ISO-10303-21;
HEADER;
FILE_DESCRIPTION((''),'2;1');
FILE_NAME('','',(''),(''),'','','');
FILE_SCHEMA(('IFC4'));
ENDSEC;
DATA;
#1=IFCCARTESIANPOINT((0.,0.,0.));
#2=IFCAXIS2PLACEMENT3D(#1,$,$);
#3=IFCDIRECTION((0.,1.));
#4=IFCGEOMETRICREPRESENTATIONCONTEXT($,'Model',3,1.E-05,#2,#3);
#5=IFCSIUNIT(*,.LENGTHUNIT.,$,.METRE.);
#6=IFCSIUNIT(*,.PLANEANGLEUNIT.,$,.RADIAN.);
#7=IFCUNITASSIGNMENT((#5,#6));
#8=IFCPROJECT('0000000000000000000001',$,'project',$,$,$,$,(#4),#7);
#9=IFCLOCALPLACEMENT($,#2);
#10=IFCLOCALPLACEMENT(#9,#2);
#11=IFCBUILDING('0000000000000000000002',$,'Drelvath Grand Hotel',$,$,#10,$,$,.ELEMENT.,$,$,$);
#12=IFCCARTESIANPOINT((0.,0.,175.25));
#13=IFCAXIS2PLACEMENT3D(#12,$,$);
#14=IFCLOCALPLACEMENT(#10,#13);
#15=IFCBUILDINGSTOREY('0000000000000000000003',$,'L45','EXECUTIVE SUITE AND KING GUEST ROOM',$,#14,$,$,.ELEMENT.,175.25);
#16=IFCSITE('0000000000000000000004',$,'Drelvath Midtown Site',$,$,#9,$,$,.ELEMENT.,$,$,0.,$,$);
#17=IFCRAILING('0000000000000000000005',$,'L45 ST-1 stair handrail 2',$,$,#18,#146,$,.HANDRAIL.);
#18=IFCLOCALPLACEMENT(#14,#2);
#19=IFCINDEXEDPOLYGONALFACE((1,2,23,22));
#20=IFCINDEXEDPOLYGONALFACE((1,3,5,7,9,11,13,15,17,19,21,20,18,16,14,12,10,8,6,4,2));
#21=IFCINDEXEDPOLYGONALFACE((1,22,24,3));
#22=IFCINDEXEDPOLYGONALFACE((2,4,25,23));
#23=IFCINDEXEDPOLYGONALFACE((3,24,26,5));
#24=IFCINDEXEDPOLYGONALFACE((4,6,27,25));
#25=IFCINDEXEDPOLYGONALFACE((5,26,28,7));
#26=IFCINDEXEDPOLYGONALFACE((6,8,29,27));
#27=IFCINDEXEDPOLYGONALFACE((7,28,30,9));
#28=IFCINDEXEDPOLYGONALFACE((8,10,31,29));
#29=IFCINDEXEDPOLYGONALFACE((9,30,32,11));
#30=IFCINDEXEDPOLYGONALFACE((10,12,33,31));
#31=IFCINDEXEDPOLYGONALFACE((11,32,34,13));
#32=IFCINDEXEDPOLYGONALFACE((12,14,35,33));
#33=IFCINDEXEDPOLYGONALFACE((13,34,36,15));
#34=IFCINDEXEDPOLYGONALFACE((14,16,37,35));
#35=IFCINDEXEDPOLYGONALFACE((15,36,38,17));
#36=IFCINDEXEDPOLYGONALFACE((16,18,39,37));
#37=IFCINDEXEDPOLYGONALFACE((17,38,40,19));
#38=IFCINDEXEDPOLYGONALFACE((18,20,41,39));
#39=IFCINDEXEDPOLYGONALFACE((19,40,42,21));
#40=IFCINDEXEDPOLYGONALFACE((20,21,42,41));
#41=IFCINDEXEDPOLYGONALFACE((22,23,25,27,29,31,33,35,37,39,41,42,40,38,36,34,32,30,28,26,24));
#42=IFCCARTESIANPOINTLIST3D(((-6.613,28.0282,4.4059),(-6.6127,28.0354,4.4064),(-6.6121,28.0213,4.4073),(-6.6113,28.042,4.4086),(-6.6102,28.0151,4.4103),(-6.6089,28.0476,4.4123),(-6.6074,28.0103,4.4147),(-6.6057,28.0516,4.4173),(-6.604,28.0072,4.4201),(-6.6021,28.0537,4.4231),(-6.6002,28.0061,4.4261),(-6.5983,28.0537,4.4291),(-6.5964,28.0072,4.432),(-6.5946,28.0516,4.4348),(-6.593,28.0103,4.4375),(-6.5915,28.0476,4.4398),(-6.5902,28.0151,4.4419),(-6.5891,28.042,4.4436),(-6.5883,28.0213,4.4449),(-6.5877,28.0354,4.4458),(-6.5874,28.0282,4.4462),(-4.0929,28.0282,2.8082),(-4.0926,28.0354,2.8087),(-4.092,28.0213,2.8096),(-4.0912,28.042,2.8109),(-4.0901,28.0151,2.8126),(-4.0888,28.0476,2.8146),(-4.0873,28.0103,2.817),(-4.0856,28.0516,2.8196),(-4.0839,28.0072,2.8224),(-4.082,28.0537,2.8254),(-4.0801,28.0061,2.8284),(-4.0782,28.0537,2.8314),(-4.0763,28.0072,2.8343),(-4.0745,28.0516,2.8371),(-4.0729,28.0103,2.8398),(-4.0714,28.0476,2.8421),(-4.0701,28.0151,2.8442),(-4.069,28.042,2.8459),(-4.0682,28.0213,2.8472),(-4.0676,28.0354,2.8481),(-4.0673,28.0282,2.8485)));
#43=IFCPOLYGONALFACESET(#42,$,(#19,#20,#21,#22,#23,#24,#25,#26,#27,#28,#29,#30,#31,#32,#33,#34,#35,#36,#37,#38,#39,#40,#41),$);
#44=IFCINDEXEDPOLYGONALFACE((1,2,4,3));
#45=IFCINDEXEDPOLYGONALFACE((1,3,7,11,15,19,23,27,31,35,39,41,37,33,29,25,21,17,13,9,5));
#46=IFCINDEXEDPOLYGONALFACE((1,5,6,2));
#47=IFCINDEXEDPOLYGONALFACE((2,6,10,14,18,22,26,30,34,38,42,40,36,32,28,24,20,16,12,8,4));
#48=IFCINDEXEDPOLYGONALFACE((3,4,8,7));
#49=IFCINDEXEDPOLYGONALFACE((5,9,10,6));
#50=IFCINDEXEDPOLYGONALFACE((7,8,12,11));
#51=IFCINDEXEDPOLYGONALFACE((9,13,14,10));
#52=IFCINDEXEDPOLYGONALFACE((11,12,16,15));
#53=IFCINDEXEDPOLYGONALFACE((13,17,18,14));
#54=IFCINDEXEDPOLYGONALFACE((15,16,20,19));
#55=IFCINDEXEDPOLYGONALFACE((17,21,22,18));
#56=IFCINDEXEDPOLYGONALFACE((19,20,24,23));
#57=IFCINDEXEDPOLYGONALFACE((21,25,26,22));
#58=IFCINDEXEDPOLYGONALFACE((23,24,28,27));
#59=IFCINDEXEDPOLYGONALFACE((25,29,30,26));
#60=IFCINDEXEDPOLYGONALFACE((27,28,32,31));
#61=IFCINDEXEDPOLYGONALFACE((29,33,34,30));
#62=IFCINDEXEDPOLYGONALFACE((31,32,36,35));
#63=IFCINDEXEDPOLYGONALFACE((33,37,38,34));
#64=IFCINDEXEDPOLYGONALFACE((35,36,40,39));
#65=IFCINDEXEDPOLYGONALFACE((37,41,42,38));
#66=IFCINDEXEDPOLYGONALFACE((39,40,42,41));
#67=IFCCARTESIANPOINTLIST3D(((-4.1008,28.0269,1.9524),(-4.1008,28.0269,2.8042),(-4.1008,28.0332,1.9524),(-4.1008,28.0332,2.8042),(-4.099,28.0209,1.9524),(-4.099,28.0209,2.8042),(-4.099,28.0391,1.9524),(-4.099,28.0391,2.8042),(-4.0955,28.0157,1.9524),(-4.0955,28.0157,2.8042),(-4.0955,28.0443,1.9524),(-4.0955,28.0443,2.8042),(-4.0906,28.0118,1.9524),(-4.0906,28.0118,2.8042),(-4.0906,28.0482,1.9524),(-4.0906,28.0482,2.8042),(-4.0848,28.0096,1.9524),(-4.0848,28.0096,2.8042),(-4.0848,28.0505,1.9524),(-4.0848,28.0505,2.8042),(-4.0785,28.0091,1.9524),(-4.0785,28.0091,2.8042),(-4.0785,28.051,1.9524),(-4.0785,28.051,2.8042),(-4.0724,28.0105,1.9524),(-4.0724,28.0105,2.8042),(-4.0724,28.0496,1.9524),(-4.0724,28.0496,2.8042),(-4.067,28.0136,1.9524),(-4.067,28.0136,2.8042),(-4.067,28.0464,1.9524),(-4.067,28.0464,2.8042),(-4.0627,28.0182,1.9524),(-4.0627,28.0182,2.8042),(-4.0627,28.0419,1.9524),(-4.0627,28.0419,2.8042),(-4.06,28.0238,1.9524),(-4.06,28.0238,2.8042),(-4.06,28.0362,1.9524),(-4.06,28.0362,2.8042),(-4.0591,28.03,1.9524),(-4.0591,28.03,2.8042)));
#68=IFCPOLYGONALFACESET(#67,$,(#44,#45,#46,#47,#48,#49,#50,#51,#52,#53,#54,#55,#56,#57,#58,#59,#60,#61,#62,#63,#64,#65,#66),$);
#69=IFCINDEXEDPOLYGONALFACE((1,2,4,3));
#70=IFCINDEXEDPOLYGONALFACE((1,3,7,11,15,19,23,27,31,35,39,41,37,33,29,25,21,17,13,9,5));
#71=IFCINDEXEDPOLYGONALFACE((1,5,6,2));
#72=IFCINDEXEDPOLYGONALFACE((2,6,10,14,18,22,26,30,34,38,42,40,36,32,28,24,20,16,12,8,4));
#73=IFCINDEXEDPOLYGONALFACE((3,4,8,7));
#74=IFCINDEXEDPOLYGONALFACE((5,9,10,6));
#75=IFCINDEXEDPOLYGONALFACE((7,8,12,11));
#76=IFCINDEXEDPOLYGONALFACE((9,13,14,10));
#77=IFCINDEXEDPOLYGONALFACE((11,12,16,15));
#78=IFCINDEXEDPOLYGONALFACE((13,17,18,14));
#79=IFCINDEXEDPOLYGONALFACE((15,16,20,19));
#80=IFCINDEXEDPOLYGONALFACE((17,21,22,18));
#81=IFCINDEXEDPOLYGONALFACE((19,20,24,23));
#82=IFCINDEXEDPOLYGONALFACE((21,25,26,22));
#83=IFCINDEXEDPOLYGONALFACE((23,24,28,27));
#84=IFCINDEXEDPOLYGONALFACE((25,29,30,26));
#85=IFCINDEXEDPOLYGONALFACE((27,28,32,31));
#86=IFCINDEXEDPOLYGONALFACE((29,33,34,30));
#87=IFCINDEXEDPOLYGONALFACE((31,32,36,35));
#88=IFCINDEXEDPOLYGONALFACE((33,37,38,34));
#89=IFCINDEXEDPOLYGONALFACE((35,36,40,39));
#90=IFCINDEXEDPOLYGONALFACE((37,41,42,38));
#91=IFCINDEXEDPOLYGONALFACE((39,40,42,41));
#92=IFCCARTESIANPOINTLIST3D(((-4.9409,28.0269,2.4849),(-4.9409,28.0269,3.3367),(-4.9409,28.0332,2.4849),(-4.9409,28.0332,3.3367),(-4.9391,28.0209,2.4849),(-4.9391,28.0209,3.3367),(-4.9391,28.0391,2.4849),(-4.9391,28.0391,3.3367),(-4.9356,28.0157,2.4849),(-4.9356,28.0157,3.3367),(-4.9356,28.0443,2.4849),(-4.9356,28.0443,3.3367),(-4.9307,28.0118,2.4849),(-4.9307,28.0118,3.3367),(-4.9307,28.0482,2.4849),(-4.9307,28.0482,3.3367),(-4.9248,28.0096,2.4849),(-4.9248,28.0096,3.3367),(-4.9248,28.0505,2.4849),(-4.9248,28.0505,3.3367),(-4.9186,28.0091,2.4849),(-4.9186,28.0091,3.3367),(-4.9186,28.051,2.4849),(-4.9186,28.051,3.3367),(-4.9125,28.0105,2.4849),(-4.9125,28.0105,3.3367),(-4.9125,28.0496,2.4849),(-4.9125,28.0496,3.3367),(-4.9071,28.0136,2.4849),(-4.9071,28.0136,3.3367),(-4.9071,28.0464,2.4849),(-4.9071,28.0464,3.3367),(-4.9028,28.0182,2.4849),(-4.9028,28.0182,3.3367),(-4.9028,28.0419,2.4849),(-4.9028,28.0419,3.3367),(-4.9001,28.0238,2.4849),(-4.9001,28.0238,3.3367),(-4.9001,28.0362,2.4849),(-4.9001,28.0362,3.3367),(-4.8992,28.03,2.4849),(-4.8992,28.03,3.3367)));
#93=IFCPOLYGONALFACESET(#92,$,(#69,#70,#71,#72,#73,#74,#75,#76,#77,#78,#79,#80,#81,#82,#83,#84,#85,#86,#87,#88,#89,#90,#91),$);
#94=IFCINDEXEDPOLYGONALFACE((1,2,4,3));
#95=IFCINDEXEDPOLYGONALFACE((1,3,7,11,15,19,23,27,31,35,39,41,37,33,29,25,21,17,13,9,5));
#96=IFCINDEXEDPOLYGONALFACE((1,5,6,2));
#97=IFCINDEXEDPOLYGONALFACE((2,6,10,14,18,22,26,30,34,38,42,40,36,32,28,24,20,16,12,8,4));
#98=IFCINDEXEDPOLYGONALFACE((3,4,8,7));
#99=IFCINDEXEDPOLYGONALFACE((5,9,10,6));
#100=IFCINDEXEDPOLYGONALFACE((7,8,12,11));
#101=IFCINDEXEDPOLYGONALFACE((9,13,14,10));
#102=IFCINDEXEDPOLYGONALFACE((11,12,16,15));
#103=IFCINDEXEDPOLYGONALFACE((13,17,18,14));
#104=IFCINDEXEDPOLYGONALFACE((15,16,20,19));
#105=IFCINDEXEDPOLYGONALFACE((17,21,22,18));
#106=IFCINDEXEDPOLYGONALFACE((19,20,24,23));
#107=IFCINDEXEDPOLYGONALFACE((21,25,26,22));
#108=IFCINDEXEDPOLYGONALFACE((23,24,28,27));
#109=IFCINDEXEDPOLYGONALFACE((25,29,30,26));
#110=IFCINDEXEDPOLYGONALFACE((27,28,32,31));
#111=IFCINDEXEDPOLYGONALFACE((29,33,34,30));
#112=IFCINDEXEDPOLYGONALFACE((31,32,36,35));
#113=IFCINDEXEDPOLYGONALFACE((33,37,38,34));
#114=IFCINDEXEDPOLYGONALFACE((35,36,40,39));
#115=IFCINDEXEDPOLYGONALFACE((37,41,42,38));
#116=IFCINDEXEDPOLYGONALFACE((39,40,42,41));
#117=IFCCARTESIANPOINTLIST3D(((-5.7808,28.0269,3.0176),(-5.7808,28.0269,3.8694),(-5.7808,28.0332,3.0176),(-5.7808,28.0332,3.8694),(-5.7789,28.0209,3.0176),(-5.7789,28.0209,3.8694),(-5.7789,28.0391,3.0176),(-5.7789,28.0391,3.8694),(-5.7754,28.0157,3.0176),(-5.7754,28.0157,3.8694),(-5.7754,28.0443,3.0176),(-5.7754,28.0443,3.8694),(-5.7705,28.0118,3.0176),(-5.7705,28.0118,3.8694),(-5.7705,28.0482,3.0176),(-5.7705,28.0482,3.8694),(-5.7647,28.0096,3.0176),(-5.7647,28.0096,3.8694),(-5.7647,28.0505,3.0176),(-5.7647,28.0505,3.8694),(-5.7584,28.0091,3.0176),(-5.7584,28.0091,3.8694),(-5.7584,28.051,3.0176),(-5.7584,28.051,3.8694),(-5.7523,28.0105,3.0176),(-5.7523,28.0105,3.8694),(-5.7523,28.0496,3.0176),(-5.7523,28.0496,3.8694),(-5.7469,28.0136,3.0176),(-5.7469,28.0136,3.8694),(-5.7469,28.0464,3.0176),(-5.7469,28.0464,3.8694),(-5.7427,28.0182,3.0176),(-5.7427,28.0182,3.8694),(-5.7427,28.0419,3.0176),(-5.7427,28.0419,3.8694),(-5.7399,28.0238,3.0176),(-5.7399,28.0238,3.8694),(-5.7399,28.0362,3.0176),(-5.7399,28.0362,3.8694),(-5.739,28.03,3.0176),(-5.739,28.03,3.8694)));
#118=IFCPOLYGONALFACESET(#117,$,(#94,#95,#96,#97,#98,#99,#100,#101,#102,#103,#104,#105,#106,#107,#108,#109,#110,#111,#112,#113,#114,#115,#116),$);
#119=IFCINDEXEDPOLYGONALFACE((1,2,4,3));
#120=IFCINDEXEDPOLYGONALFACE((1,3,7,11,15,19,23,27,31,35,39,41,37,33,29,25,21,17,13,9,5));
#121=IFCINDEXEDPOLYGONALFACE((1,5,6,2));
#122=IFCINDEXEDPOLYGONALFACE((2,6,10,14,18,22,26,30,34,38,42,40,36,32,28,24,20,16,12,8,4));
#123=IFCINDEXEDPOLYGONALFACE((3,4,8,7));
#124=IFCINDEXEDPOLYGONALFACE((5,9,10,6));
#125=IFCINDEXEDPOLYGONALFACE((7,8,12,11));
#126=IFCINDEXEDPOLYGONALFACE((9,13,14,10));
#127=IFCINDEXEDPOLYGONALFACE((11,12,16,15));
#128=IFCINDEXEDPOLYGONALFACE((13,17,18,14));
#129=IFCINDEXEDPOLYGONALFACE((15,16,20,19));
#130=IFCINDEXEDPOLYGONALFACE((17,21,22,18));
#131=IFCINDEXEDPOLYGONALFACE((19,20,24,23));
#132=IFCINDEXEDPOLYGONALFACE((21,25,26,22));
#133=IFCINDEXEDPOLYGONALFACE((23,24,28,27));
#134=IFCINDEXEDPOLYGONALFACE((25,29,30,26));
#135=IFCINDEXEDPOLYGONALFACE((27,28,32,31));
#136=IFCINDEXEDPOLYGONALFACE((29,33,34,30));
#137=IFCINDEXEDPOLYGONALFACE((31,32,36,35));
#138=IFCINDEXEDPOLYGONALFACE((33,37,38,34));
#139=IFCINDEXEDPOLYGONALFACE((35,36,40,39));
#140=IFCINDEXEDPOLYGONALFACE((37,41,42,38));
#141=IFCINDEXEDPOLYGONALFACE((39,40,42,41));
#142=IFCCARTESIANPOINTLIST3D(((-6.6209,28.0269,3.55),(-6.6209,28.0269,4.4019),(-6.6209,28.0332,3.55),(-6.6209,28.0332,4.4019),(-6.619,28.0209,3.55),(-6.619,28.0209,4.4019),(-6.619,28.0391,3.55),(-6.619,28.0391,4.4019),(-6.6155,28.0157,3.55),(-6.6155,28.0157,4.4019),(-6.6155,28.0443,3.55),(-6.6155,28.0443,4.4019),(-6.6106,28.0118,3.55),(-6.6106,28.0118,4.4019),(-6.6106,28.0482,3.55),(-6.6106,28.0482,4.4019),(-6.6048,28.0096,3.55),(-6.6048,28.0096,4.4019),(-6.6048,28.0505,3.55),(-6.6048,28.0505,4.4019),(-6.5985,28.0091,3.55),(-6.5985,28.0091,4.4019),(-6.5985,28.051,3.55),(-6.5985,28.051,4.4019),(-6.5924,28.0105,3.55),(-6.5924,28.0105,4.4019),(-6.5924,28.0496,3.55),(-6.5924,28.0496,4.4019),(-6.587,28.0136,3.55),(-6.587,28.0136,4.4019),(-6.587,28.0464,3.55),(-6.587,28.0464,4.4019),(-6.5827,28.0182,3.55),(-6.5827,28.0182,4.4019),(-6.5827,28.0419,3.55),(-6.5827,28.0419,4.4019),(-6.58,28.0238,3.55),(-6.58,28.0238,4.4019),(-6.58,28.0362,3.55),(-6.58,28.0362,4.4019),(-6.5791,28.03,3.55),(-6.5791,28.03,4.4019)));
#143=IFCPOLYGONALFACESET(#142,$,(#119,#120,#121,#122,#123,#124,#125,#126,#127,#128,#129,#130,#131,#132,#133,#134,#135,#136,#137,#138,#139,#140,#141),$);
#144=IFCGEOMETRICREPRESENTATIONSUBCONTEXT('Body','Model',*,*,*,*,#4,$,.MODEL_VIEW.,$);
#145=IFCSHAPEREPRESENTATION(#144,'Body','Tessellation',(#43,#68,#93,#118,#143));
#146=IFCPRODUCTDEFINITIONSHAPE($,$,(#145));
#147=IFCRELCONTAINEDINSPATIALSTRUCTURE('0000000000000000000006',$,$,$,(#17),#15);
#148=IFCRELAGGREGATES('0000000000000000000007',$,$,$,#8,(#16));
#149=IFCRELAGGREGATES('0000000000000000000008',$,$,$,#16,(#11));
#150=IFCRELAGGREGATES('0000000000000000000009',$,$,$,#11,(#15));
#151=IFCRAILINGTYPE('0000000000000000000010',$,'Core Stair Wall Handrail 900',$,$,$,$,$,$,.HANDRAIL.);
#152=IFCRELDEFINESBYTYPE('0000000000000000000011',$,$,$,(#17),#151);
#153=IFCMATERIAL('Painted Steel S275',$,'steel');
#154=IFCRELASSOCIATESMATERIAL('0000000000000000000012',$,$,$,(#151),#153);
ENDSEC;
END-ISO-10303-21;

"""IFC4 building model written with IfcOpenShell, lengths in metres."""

from ifc_helpers import new_model, si_unit, direction, frame, origin, origin_2d, place, context, subcontext, project, spatial, circle, extrude, material, type_object, element, save


model = new_model("IFC4")

# Units and contexts
model_context = context("Model", 3, precision=1e-05, world=origin(), true_north=direction((0.0, 1.0)))
body_context = subcontext(model_context, "Body", "Model", "MODEL_VIEW")
ifc_project = project(units=[si_unit("LENGTHUNIT", "METRE"), si_unit("PLANEANGLEUNIT", "RADIAN")], contexts=[model_context])

# Site, building, storey
site_placement = place(None, origin())
site = spatial("IfcSite", under=ifc_project, at=site_placement, Name="Drelvath Midtown Site", CompositionType="ELEMENT", RefElevation=0.0)
building_placement = place(site_placement, origin())
building = spatial("IfcBuilding", under=site, at=building_placement, Name="Drelvath Grand Hotel", CompositionType="ELEMENT")
storey_placement = place(building_placement, frame((0.0, 0.0, 175.25)))
storey = spatial("IfcBuildingStorey", under=building, at=storey_placement, Name="L45", Description="EXECUTIVE SUITE AND KING GUEST ROOM", CompositionType="ELEMENT", Elevation=175.25)

# Shared definitions
ifc_material_1 = material(Name="Painted Steel S275", Category="steel")

# Railing
railing_type_1 = type_object("IfcRailingType", Name="Core Stair Wall Handrail 900", PredefinedType="HANDRAIL", material=ifc_material_1)
railing_1_placement = place(storey_placement, frame((-4.0801, 28.03, 1.9524)))
element("IfcRailing", 1, at=railing_1_placement, inside=storey, type_object=railing_type_1, Name="L45 ST-1 stair handrail 2", PredefinedType="HANDRAIL", context=body_context, shape_type="SweptSolid", body=[
    extrude(circle(Radius=0.0239, at=origin_2d()), frame((0.0, 0.0, 0.876), z_axis=(-0.84457, 0.0, 0.535445), x_axis=(0.0, -1.0, 0.0)), (0.0, 0.0, 1.0), 2.9839),
    extrude(circle(Radius=0.021, at=origin_2d()), origin(), (0.0, 0.0, 1.0), 0.8518),
    extrude(circle(Radius=0.021, at=origin_2d()), frame((-0.8401, 0.0, 0.5325)), (0.0, 0.0, 1.0), 0.8518),
    extrude(circle(Radius=0.021, at=origin_2d()), frame((-1.6799, 0.0, 1.0652)), (0.0, 0.0, 1.0), 0.8518),
    extrude(circle(Radius=0.021, at=origin_2d()), frame((-2.52, 0.0, 1.5977)), (0.0, 0.0, 1.0), 0.8518),
])

save(model, "model.ifc")
